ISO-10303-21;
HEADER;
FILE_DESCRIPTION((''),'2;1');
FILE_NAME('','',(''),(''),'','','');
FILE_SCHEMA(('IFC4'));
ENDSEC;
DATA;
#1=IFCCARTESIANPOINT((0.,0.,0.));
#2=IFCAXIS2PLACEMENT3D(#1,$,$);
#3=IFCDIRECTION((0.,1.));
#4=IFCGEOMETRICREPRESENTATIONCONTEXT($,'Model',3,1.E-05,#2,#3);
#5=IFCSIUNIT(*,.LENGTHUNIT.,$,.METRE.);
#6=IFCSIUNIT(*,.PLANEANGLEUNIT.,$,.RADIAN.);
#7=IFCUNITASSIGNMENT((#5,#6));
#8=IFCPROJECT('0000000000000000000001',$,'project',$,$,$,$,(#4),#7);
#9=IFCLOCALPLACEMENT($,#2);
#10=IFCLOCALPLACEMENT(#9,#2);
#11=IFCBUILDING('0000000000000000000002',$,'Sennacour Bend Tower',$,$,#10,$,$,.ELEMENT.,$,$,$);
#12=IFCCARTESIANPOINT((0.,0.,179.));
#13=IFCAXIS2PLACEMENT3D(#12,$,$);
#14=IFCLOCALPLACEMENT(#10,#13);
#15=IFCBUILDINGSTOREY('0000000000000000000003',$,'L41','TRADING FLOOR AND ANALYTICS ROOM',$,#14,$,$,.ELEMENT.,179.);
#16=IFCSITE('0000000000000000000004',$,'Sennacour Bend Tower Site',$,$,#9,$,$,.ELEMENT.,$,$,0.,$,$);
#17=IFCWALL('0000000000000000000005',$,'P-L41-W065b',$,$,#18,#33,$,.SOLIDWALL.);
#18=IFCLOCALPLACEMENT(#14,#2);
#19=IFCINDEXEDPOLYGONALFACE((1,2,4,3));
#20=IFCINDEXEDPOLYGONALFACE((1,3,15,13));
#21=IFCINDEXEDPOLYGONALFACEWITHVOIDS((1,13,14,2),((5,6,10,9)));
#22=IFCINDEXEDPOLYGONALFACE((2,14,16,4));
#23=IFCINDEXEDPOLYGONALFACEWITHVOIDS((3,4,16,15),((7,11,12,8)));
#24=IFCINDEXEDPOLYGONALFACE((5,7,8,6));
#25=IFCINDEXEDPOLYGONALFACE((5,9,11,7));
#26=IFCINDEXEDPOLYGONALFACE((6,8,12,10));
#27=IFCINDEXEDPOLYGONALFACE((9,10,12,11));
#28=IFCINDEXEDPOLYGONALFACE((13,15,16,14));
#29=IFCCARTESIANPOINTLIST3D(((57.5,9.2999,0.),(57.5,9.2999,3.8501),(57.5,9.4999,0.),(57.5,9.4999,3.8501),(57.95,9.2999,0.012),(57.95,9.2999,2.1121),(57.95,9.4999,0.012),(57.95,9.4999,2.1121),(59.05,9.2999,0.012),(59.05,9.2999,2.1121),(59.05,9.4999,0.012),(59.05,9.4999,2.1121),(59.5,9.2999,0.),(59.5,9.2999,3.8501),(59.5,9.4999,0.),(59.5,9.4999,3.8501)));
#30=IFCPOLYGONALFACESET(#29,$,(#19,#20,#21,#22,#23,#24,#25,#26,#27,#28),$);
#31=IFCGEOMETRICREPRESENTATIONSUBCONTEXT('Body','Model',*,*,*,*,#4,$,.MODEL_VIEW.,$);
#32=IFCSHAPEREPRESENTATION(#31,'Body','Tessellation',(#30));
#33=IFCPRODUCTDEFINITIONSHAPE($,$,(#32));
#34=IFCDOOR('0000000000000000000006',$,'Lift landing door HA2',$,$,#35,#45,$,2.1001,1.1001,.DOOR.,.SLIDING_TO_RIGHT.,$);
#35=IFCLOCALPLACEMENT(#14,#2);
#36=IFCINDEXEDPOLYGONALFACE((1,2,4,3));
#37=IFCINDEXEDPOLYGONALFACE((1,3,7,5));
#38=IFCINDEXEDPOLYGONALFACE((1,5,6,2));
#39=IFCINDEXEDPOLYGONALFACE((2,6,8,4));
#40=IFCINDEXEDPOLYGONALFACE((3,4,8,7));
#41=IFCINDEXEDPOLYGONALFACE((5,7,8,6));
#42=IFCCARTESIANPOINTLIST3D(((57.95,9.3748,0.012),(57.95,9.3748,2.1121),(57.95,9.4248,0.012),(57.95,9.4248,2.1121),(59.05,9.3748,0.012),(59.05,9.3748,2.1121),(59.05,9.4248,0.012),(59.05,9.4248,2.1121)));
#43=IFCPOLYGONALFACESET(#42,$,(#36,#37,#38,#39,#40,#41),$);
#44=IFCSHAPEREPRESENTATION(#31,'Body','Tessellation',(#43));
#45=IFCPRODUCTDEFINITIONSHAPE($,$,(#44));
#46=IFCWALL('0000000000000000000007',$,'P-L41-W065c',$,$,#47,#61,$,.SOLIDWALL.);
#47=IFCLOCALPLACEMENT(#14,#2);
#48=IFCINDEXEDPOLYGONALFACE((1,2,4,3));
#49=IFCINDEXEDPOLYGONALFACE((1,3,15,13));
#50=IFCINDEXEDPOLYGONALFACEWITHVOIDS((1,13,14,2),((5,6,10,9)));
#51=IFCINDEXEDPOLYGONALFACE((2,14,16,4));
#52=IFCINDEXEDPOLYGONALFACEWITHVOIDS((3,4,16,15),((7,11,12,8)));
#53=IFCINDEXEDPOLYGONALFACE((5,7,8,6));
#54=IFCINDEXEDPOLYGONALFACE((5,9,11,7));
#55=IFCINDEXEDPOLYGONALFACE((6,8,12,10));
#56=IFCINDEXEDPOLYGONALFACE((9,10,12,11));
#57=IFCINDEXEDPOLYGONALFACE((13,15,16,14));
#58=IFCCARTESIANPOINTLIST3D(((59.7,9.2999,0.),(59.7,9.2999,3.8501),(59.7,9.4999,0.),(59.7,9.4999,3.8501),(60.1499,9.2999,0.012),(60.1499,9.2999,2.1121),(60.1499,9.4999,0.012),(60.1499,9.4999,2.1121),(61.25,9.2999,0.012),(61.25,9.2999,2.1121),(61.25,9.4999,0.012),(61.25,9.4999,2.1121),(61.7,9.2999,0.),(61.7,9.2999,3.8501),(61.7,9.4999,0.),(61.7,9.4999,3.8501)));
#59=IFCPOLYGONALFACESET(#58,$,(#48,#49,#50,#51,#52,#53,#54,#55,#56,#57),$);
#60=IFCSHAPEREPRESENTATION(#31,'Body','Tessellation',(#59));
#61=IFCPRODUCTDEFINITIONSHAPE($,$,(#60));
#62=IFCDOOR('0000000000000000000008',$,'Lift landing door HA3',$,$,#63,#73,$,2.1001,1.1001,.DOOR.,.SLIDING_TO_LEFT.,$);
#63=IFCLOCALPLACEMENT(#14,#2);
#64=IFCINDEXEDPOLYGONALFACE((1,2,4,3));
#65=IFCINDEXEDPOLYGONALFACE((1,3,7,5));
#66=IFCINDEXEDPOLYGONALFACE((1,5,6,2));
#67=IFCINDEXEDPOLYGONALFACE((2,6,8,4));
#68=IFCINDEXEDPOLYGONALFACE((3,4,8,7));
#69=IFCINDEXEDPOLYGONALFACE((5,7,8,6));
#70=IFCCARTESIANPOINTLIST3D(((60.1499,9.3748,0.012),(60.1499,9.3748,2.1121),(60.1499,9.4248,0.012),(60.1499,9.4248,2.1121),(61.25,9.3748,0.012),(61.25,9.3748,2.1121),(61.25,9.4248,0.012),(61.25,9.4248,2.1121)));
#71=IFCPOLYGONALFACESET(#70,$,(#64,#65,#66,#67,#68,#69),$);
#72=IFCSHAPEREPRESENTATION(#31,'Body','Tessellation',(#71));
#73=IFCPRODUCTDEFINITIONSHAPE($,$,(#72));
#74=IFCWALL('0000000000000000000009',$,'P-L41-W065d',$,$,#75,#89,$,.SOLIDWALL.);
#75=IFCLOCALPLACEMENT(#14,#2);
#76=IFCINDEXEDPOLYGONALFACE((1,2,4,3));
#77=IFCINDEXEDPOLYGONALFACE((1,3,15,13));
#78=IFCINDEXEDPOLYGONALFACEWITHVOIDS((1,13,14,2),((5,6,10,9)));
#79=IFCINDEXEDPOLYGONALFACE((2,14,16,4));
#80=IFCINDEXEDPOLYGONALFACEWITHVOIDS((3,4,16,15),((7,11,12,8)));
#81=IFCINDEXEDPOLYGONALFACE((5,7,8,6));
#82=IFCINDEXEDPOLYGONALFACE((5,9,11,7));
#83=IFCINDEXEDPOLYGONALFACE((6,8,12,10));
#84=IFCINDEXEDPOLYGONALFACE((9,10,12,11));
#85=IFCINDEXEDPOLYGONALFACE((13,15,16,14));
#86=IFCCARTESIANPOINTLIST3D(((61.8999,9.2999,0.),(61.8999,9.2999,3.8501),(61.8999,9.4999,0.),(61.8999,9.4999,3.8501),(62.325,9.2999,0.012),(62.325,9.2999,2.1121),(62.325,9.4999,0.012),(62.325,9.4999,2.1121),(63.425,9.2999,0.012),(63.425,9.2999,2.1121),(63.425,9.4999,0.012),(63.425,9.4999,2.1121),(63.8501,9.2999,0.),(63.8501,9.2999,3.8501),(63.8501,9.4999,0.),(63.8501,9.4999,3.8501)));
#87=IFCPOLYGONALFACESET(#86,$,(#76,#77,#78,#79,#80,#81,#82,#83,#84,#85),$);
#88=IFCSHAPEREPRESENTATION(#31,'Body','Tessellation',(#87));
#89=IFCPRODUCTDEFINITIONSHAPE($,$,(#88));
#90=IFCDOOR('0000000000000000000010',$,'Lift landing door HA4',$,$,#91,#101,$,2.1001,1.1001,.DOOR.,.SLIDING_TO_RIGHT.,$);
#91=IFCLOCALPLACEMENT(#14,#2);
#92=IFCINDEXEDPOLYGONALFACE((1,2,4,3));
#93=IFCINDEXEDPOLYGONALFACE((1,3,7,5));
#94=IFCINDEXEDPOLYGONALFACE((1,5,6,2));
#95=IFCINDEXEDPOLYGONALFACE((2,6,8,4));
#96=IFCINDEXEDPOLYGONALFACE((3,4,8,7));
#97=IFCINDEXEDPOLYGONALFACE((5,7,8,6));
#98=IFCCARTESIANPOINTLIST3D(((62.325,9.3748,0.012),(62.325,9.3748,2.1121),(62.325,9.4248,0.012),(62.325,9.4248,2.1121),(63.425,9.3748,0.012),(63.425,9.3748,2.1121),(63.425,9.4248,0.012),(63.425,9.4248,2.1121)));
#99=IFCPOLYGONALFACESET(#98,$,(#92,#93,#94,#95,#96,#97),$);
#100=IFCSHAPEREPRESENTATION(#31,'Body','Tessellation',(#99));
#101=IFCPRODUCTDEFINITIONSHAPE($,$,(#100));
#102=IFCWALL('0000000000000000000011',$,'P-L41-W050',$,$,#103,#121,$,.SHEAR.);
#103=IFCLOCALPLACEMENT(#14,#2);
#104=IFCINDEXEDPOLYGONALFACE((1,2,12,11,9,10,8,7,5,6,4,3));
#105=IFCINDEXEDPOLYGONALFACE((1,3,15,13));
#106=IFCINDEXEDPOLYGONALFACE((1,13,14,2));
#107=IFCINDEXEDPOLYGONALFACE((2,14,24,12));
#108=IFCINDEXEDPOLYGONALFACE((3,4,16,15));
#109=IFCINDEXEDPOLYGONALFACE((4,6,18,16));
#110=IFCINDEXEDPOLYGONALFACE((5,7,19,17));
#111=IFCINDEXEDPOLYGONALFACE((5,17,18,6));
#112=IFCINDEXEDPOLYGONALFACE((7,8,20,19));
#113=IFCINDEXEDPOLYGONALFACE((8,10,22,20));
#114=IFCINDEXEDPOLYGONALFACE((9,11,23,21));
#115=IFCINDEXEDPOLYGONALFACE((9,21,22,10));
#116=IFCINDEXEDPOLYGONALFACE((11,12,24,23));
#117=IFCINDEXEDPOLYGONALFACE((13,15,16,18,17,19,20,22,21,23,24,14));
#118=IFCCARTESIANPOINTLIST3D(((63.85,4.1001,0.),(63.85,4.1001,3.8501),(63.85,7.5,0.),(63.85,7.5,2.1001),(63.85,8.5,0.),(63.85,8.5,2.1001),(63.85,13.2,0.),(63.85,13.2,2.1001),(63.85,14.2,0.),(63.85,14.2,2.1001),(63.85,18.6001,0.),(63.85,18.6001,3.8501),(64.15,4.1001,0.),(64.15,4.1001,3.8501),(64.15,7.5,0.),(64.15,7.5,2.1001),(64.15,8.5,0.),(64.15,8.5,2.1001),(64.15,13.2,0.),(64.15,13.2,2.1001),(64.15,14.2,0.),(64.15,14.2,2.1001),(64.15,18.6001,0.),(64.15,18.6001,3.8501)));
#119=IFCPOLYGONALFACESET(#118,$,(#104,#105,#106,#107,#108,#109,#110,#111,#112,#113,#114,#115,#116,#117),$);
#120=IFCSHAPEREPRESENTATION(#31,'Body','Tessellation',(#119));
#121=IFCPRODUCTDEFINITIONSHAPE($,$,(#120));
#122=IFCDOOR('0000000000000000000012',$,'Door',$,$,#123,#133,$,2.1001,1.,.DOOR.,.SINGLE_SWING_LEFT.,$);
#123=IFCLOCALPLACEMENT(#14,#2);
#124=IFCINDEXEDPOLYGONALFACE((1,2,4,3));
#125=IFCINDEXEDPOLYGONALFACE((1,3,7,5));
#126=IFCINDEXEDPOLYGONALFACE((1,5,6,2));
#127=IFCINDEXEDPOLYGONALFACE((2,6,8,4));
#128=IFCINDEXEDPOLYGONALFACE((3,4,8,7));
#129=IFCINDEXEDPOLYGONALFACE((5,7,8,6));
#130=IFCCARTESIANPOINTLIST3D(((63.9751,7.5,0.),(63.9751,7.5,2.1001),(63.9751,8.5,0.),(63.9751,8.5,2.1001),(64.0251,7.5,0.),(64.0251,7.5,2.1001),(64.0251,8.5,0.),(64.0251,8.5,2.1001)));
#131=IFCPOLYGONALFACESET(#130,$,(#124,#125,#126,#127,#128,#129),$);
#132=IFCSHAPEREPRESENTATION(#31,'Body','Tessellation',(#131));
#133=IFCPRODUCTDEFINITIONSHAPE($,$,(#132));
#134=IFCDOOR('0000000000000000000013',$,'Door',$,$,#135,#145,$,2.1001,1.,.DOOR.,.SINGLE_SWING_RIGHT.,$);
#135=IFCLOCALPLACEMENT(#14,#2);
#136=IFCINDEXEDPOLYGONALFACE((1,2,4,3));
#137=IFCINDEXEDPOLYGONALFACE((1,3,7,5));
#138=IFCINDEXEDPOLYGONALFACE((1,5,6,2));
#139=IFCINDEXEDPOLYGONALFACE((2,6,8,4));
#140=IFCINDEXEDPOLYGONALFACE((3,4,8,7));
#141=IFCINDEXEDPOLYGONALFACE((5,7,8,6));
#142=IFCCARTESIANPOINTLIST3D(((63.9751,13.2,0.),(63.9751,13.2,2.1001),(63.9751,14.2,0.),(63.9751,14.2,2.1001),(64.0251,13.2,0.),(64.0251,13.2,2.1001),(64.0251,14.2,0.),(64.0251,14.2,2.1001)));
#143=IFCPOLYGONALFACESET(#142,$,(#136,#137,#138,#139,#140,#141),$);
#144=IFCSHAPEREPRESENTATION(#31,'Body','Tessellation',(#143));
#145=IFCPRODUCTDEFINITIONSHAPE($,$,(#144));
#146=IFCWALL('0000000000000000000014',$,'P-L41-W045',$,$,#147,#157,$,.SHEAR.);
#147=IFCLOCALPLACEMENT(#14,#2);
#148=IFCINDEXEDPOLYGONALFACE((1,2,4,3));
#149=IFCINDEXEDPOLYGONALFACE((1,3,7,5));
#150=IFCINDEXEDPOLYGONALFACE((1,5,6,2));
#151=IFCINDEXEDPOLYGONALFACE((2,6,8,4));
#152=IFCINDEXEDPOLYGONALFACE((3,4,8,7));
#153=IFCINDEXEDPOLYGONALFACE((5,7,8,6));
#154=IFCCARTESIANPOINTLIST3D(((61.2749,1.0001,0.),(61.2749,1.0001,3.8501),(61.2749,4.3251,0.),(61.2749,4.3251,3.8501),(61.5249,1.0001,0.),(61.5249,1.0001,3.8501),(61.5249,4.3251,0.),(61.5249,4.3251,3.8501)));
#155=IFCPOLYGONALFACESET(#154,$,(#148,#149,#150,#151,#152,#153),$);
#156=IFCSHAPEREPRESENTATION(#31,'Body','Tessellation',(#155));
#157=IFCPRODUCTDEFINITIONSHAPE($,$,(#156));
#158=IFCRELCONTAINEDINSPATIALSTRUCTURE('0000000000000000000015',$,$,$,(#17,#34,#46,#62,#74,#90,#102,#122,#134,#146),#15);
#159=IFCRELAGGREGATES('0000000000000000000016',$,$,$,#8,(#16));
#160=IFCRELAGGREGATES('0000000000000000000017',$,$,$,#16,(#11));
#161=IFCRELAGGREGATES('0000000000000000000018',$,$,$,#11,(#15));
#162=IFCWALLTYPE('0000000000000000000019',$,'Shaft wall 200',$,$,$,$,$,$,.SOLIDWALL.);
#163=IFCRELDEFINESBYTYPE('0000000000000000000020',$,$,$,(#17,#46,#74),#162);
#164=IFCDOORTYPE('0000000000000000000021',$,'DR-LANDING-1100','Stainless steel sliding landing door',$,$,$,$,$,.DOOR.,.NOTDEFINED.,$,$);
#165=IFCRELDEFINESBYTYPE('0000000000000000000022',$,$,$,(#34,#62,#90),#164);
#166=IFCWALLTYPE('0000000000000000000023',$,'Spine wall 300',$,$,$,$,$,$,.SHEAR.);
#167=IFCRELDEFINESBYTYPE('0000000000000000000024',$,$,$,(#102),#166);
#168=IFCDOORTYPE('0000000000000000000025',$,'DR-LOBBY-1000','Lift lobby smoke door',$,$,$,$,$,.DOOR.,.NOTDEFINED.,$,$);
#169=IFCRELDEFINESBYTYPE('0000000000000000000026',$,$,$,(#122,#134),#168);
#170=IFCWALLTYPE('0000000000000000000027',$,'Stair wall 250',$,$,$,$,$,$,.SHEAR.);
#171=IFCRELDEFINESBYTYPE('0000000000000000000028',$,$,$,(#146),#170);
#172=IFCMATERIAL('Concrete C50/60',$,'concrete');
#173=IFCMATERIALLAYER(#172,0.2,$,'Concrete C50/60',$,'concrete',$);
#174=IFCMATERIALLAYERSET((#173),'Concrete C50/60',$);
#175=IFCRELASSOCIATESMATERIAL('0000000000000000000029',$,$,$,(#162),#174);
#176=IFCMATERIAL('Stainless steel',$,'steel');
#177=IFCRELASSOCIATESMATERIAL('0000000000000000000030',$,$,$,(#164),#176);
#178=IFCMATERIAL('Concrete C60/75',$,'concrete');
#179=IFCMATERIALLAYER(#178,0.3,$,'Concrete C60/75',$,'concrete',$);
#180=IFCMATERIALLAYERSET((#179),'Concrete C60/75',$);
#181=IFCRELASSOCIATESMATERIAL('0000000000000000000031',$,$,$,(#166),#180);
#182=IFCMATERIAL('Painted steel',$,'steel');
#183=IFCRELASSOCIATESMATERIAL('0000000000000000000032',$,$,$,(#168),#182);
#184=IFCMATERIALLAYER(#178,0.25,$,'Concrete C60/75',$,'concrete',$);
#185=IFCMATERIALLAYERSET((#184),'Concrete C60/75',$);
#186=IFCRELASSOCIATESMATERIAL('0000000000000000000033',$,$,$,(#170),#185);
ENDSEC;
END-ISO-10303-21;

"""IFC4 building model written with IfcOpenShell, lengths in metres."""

from ifc_helpers import new_model, si_unit, direction, frame, frame_2d, origin, place, context, subcontext, project, spatial, rectangle, extrude, material, layer, layer_set, type_object, element, fill, save


model = new_model("IFC4")

# Units and contexts
model_context = context("Model", 3, precision=1e-05, world=origin(), true_north=direction((0.0, 1.0)))
body_context = subcontext(model_context, "Body", "Model", "MODEL_VIEW")
ifc_project = project(units=[si_unit("LENGTHUNIT", "METRE"), si_unit("PLANEANGLEUNIT", "RADIAN")], contexts=[model_context])

# Site, building, storey
site_placement = place(None, origin())
site = spatial("IfcSite", under=ifc_project, at=site_placement, Name="Sennacour Bend Tower Site", CompositionType="ELEMENT", RefElevation=0.0)
building_placement = place(site_placement, origin())
building = spatial("IfcBuilding", under=site, at=building_placement, Name="Sennacour Bend Tower", CompositionType="ELEMENT")
storey_placement = place(building_placement, frame((0.0, 0.0, 179.0)))
storey = spatial("IfcBuildingStorey", under=building, at=storey_placement, Name="L41", Description="TRADING FLOOR AND ANALYTICS ROOM", CompositionType="ELEMENT", Elevation=179.0)

# Shared definitions
ifc_material_1 = material(Name="Concrete C60/75", Category="concrete")

# Shared definitions
ifc_material_2 = material(Name="Painted steel", Category="steel")

# Shared definitions
ifc_material_3 = material(Name="Concrete C50/60", Category="concrete")
ifc_layer_1 = layer(ifc_material_3, 0.2, Name="Concrete C50/60", Category="concrete")
ifc_layer_set_1 = layer_set([ifc_layer_1], Name="Concrete C50/60")
wall_type_1 = type_object("IfcWallType", Name="Shaft wall 200", PredefinedType="SOLIDWALL", material=ifc_layer_set_1)

# Walls, openings, doors
wall_1_placement = place(storey_placement, frame((57.5, 9.3999, 0.0), z_axis=(0.0, 0.0, 1.0), x_axis=(1.0, 0.0, 0.0)))
wall_1 = element("IfcWall", 1, at=wall_1_placement, inside=storey, type_object=wall_type_1, Name="P-L41-W065b", PredefinedType="SOLIDWALL", context=body_context, shape_type="SweptSolid", body=[
    extrude(rectangle(XDim=2.0, YDim=0.2, at=frame_2d((1.0, 0.0))), origin(), (0.0, 0.0, 1.0), 3.8501),
])
opening_1_placement = place(wall_1_placement, frame((0.45, 0.0, 0.012)))
opening_1 = element("IfcOpeningElement", 2, at=opening_1_placement, cuts=wall_1, PredefinedType="OPENING", context=body_context, shape_type="SweptSolid", body=[
    extrude(rectangle(XDim=1.1001, YDim=2.1001, at=frame_2d((0.55, 1.05))), frame((0.0, 0.1099, 0.0), z_axis=(0.0, -1.0, 0.0), x_axis=(1.0, 0.0, 0.0)), (0.0, 0.0, 1.0), 0.22),
])
ifc_material_4 = material(Name="Stainless steel", Category="steel")
door_type_1 = type_object("IfcDoorType", Name="DR-LANDING-1100", Description="Stainless steel sliding landing door", OperationType="NOTDEFINED", PredefinedType="DOOR", material=ifc_material_4)
door_1_placement = place(opening_1_placement, origin())
door_1 = element("IfcDoor", 3, at=door_1_placement, inside=storey, type_object=door_type_1, Name="Lift landing door HA2", OperationType="SLIDING_TO_RIGHT", OverallHeight=2.1001, OverallWidth=1.1001, PredefinedType="DOOR", context=body_context, shape_type="SweptSolid", body=[
    extrude(rectangle(XDim=1.1001, YDim=2.1001, at=frame_2d((0.55, 1.05))), frame((0.0, 0.0249, 0.0), z_axis=(0.0, -1.0, 0.0), x_axis=(1.0, 0.0, 0.0)), (0.0, 0.0, 1.0), 0.05),
])
fill(opening_1, door_1)
wall_2_placement = place(storey_placement, frame((59.7, 9.3999, 0.0), z_axis=(0.0, 0.0, 1.0), x_axis=(1.0, 0.0, 0.0)))
wall_2 = element("IfcWall", 4, at=wall_2_placement, inside=storey, type_object=wall_type_1, Name="P-L41-W065c", PredefinedType="SOLIDWALL", context=body_context, shape_type="SweptSolid", body=[
    extrude(rectangle(XDim=2.0, YDim=0.2, at=frame_2d((1.0, 0.0))), origin(), (0.0, 0.0, 1.0), 3.8501),
])
opening_2_placement = place(wall_2_placement, frame((0.45, 0.0, 0.012)))
opening_2 = element("IfcOpeningElement", 5, at=opening_2_placement, cuts=wall_2, PredefinedType="OPENING", context=body_context, shape_type="SweptSolid", body=[
    extrude(rectangle(XDim=1.1001, YDim=2.1001, at=frame_2d((0.55, 1.05))), frame((0.0, 0.1099, 0.0), z_axis=(0.0, -1.0, 0.0), x_axis=(1.0, 0.0, 0.0)), (0.0, 0.0, 1.0), 0.22),
])
door_2_placement = place(opening_2_placement, origin())
door_2 = element("IfcDoor", 6, at=door_2_placement, inside=storey, type_object=door_type_1, Name="Lift landing door HA3", OperationType="SLIDING_TO_LEFT", OverallHeight=2.1001, OverallWidth=1.1001, PredefinedType="DOOR", context=body_context, shape_type="SweptSolid", body=[
    extrude(rectangle(XDim=1.1001, YDim=2.1001, at=frame_2d((0.55, 1.05))), frame((0.0, 0.0249, 0.0), z_axis=(0.0, -1.0, 0.0), x_axis=(1.0, 0.0, 0.0)), (0.0, 0.0, 1.0), 0.05),
])
fill(opening_2, door_2)
wall_3_placement = place(storey_placement, frame((61.8999, 9.3999, 0.0), z_axis=(0.0, 0.0, 1.0), x_axis=(1.0, 0.0, 0.0)))
wall_3 = element("IfcWall", 7, at=wall_3_placement, inside=storey, type_object=wall_type_1, Name="P-L41-W065d", PredefinedType="SOLIDWALL", context=body_context, shape_type="SweptSolid", body=[
    extrude(rectangle(XDim=1.9502, YDim=0.2, at=frame_2d((0.9751, 0.0))), origin(), (0.0, 0.0, 1.0), 3.8501),
])
opening_3_placement = place(wall_3_placement, frame((0.425, 0.0, 0.012)))
opening_3 = element("IfcOpeningElement", 8, at=opening_3_placement, cuts=wall_3, PredefinedType="OPENING", context=body_context, shape_type="SweptSolid", body=[
    extrude(rectangle(XDim=1.1001, YDim=2.1001, at=frame_2d((0.55, 1.05))), frame((0.0, 0.1099, 0.0), z_axis=(0.0, -1.0, 0.0), x_axis=(1.0, 0.0, 0.0)), (0.0, 0.0, 1.0), 0.22),
])
door_3_placement = place(opening_3_placement, origin())
door_3 = element("IfcDoor", 9, at=door_3_placement, inside=storey, type_object=door_type_1, Name="Lift landing door HA4", OperationType="SLIDING_TO_RIGHT", OverallHeight=2.1001, OverallWidth=1.1001, PredefinedType="DOOR", context=body_context, shape_type="SweptSolid", body=[
    extrude(rectangle(XDim=1.1001, YDim=2.1001, at=frame_2d((0.55, 1.05))), frame((0.0, 0.0249, 0.0), z_axis=(0.0, -1.0, 0.0), x_axis=(1.0, 0.0, 0.0)), (0.0, 0.0, 1.0), 0.05),
])
fill(opening_3, door_3)

# Wall, openings, doors
ifc_layer_2 = layer(ifc_material_1, 0.3, Name="Concrete C60/75", Category="concrete")
ifc_layer_set_2 = layer_set([ifc_layer_2], Name="Concrete C60/75")
wall_type_2 = type_object("IfcWallType", Name="Spine wall 300", PredefinedType="SHEAR", material=ifc_layer_set_2)
wall_4_placement = place(storey_placement, frame((64.0, 4.1001, 0.0), z_axis=(0.0, 0.0, 1.0), x_axis=(0.0, 1.0, 0.0)))
wall_4 = element("IfcWall", 10, at=wall_4_placement, inside=storey, type_object=wall_type_2, Name="P-L41-W050", PredefinedType="SHEAR", context=body_context, shape_type="SweptSolid", body=[
    extrude(rectangle(XDim=14.5, YDim=0.3, at=frame_2d((7.25, 0.0))), origin(), (0.0, 0.0, 1.0), 3.8501),
])
opening_4_placement = place(wall_4_placement, frame((3.3999, 0.0, 0.0)))
opening_4 = element("IfcOpeningElement", 11, at=opening_4_placement, cuts=wall_4, PredefinedType="OPENING", context=body_context, shape_type="SweptSolid", body=[
    extrude(rectangle(XDim=1.0, YDim=2.1001, at=frame_2d((0.5, 1.05))), frame((0.0, 0.1602, 0.0), z_axis=(0.0, -1.0, 0.0), x_axis=(1.0, 0.0, 0.0)), (0.0, 0.0, 1.0), 0.3201),
])
opening_5_placement = place(wall_4_placement, frame((9.0999, 0.0, 0.0)))
opening_5 = element("IfcOpeningElement", 12, at=opening_5_placement, cuts=wall_4, PredefinedType="OPENING", context=body_context, shape_type="SweptSolid", body=[
    extrude(rectangle(XDim=1.0, YDim=2.1001, at=frame_2d((0.5, 1.05))), frame((0.0, 0.1602, 0.0), z_axis=(0.0, -1.0, 0.0), x_axis=(1.0, 0.0, 0.0)), (0.0, 0.0, 1.0), 0.3201),
])
door_type_2 = type_object("IfcDoorType", Name="DR-LOBBY-1000", Description="Lift lobby smoke door", OperationType="NOTDEFINED", PredefinedType="DOOR", material=ifc_material_2)
door_4_placement = place(opening_4_placement, origin())
door_4 = element("IfcDoor", 13, at=door_4_placement, inside=storey, type_object=door_type_2, Name="Door", OperationType="SINGLE_SWING_LEFT", OverallHeight=2.1001, OverallWidth=1.0, PredefinedType="DOOR", context=body_context, shape_type="SweptSolid", body=[
    extrude(rectangle(XDim=1.0, YDim=2.1001, at=frame_2d((0.5, 1.05))), frame((0.0, 0.0249, 0.0), z_axis=(0.0, -1.0, 0.0), x_axis=(1.0, 0.0, 0.0)), (0.0, 0.0, 1.0), 0.05),
])
fill(opening_4, door_4)
door_5_placement = place(opening_5_placement, origin())
door_5 = element("IfcDoor", 14, at=door_5_placement, inside=storey, type_object=door_type_2, Name="Door", OperationType="SINGLE_SWING_RIGHT", OverallHeight=2.1001, OverallWidth=1.0, PredefinedType="DOOR", context=body_context, shape_type="SweptSolid", body=[
    extrude(rectangle(XDim=1.0, YDim=2.1001, at=frame_2d((0.5, 1.05))), frame((0.0, 0.0249, 0.0), z_axis=(0.0, -1.0, 0.0), x_axis=(1.0, 0.0, 0.0)), (0.0, 0.0, 1.0), 0.05),
])
fill(opening_5, door_5)

# Wall
ifc_layer_3 = layer(ifc_material_1, 0.25, Name="Concrete C60/75", Category="concrete")
ifc_layer_set_3 = layer_set([ifc_layer_3], Name="Concrete C60/75")
wall_type_3 = type_object("IfcWallType", Name="Stair wall 250", PredefinedType="SHEAR", material=ifc_layer_set_3)
wall_5_placement = place(storey_placement, frame((61.3999, 1.0, 0.0), z_axis=(0.0, 0.0, 1.0), x_axis=(0.0, 1.0, 0.0)))
element("IfcWall", 15, at=wall_5_placement, inside=storey, type_object=wall_type_3, Name="P-L41-W045", PredefinedType="SHEAR", context=body_context, shape_type="SweptSolid", body=[
    extrude(rectangle(XDim=3.325, YDim=0.25, at=frame_2d((1.6626, 0.0))), origin(), (0.0, 0.0, 1.0), 3.8501),
])

save(model, "model.ifc")
